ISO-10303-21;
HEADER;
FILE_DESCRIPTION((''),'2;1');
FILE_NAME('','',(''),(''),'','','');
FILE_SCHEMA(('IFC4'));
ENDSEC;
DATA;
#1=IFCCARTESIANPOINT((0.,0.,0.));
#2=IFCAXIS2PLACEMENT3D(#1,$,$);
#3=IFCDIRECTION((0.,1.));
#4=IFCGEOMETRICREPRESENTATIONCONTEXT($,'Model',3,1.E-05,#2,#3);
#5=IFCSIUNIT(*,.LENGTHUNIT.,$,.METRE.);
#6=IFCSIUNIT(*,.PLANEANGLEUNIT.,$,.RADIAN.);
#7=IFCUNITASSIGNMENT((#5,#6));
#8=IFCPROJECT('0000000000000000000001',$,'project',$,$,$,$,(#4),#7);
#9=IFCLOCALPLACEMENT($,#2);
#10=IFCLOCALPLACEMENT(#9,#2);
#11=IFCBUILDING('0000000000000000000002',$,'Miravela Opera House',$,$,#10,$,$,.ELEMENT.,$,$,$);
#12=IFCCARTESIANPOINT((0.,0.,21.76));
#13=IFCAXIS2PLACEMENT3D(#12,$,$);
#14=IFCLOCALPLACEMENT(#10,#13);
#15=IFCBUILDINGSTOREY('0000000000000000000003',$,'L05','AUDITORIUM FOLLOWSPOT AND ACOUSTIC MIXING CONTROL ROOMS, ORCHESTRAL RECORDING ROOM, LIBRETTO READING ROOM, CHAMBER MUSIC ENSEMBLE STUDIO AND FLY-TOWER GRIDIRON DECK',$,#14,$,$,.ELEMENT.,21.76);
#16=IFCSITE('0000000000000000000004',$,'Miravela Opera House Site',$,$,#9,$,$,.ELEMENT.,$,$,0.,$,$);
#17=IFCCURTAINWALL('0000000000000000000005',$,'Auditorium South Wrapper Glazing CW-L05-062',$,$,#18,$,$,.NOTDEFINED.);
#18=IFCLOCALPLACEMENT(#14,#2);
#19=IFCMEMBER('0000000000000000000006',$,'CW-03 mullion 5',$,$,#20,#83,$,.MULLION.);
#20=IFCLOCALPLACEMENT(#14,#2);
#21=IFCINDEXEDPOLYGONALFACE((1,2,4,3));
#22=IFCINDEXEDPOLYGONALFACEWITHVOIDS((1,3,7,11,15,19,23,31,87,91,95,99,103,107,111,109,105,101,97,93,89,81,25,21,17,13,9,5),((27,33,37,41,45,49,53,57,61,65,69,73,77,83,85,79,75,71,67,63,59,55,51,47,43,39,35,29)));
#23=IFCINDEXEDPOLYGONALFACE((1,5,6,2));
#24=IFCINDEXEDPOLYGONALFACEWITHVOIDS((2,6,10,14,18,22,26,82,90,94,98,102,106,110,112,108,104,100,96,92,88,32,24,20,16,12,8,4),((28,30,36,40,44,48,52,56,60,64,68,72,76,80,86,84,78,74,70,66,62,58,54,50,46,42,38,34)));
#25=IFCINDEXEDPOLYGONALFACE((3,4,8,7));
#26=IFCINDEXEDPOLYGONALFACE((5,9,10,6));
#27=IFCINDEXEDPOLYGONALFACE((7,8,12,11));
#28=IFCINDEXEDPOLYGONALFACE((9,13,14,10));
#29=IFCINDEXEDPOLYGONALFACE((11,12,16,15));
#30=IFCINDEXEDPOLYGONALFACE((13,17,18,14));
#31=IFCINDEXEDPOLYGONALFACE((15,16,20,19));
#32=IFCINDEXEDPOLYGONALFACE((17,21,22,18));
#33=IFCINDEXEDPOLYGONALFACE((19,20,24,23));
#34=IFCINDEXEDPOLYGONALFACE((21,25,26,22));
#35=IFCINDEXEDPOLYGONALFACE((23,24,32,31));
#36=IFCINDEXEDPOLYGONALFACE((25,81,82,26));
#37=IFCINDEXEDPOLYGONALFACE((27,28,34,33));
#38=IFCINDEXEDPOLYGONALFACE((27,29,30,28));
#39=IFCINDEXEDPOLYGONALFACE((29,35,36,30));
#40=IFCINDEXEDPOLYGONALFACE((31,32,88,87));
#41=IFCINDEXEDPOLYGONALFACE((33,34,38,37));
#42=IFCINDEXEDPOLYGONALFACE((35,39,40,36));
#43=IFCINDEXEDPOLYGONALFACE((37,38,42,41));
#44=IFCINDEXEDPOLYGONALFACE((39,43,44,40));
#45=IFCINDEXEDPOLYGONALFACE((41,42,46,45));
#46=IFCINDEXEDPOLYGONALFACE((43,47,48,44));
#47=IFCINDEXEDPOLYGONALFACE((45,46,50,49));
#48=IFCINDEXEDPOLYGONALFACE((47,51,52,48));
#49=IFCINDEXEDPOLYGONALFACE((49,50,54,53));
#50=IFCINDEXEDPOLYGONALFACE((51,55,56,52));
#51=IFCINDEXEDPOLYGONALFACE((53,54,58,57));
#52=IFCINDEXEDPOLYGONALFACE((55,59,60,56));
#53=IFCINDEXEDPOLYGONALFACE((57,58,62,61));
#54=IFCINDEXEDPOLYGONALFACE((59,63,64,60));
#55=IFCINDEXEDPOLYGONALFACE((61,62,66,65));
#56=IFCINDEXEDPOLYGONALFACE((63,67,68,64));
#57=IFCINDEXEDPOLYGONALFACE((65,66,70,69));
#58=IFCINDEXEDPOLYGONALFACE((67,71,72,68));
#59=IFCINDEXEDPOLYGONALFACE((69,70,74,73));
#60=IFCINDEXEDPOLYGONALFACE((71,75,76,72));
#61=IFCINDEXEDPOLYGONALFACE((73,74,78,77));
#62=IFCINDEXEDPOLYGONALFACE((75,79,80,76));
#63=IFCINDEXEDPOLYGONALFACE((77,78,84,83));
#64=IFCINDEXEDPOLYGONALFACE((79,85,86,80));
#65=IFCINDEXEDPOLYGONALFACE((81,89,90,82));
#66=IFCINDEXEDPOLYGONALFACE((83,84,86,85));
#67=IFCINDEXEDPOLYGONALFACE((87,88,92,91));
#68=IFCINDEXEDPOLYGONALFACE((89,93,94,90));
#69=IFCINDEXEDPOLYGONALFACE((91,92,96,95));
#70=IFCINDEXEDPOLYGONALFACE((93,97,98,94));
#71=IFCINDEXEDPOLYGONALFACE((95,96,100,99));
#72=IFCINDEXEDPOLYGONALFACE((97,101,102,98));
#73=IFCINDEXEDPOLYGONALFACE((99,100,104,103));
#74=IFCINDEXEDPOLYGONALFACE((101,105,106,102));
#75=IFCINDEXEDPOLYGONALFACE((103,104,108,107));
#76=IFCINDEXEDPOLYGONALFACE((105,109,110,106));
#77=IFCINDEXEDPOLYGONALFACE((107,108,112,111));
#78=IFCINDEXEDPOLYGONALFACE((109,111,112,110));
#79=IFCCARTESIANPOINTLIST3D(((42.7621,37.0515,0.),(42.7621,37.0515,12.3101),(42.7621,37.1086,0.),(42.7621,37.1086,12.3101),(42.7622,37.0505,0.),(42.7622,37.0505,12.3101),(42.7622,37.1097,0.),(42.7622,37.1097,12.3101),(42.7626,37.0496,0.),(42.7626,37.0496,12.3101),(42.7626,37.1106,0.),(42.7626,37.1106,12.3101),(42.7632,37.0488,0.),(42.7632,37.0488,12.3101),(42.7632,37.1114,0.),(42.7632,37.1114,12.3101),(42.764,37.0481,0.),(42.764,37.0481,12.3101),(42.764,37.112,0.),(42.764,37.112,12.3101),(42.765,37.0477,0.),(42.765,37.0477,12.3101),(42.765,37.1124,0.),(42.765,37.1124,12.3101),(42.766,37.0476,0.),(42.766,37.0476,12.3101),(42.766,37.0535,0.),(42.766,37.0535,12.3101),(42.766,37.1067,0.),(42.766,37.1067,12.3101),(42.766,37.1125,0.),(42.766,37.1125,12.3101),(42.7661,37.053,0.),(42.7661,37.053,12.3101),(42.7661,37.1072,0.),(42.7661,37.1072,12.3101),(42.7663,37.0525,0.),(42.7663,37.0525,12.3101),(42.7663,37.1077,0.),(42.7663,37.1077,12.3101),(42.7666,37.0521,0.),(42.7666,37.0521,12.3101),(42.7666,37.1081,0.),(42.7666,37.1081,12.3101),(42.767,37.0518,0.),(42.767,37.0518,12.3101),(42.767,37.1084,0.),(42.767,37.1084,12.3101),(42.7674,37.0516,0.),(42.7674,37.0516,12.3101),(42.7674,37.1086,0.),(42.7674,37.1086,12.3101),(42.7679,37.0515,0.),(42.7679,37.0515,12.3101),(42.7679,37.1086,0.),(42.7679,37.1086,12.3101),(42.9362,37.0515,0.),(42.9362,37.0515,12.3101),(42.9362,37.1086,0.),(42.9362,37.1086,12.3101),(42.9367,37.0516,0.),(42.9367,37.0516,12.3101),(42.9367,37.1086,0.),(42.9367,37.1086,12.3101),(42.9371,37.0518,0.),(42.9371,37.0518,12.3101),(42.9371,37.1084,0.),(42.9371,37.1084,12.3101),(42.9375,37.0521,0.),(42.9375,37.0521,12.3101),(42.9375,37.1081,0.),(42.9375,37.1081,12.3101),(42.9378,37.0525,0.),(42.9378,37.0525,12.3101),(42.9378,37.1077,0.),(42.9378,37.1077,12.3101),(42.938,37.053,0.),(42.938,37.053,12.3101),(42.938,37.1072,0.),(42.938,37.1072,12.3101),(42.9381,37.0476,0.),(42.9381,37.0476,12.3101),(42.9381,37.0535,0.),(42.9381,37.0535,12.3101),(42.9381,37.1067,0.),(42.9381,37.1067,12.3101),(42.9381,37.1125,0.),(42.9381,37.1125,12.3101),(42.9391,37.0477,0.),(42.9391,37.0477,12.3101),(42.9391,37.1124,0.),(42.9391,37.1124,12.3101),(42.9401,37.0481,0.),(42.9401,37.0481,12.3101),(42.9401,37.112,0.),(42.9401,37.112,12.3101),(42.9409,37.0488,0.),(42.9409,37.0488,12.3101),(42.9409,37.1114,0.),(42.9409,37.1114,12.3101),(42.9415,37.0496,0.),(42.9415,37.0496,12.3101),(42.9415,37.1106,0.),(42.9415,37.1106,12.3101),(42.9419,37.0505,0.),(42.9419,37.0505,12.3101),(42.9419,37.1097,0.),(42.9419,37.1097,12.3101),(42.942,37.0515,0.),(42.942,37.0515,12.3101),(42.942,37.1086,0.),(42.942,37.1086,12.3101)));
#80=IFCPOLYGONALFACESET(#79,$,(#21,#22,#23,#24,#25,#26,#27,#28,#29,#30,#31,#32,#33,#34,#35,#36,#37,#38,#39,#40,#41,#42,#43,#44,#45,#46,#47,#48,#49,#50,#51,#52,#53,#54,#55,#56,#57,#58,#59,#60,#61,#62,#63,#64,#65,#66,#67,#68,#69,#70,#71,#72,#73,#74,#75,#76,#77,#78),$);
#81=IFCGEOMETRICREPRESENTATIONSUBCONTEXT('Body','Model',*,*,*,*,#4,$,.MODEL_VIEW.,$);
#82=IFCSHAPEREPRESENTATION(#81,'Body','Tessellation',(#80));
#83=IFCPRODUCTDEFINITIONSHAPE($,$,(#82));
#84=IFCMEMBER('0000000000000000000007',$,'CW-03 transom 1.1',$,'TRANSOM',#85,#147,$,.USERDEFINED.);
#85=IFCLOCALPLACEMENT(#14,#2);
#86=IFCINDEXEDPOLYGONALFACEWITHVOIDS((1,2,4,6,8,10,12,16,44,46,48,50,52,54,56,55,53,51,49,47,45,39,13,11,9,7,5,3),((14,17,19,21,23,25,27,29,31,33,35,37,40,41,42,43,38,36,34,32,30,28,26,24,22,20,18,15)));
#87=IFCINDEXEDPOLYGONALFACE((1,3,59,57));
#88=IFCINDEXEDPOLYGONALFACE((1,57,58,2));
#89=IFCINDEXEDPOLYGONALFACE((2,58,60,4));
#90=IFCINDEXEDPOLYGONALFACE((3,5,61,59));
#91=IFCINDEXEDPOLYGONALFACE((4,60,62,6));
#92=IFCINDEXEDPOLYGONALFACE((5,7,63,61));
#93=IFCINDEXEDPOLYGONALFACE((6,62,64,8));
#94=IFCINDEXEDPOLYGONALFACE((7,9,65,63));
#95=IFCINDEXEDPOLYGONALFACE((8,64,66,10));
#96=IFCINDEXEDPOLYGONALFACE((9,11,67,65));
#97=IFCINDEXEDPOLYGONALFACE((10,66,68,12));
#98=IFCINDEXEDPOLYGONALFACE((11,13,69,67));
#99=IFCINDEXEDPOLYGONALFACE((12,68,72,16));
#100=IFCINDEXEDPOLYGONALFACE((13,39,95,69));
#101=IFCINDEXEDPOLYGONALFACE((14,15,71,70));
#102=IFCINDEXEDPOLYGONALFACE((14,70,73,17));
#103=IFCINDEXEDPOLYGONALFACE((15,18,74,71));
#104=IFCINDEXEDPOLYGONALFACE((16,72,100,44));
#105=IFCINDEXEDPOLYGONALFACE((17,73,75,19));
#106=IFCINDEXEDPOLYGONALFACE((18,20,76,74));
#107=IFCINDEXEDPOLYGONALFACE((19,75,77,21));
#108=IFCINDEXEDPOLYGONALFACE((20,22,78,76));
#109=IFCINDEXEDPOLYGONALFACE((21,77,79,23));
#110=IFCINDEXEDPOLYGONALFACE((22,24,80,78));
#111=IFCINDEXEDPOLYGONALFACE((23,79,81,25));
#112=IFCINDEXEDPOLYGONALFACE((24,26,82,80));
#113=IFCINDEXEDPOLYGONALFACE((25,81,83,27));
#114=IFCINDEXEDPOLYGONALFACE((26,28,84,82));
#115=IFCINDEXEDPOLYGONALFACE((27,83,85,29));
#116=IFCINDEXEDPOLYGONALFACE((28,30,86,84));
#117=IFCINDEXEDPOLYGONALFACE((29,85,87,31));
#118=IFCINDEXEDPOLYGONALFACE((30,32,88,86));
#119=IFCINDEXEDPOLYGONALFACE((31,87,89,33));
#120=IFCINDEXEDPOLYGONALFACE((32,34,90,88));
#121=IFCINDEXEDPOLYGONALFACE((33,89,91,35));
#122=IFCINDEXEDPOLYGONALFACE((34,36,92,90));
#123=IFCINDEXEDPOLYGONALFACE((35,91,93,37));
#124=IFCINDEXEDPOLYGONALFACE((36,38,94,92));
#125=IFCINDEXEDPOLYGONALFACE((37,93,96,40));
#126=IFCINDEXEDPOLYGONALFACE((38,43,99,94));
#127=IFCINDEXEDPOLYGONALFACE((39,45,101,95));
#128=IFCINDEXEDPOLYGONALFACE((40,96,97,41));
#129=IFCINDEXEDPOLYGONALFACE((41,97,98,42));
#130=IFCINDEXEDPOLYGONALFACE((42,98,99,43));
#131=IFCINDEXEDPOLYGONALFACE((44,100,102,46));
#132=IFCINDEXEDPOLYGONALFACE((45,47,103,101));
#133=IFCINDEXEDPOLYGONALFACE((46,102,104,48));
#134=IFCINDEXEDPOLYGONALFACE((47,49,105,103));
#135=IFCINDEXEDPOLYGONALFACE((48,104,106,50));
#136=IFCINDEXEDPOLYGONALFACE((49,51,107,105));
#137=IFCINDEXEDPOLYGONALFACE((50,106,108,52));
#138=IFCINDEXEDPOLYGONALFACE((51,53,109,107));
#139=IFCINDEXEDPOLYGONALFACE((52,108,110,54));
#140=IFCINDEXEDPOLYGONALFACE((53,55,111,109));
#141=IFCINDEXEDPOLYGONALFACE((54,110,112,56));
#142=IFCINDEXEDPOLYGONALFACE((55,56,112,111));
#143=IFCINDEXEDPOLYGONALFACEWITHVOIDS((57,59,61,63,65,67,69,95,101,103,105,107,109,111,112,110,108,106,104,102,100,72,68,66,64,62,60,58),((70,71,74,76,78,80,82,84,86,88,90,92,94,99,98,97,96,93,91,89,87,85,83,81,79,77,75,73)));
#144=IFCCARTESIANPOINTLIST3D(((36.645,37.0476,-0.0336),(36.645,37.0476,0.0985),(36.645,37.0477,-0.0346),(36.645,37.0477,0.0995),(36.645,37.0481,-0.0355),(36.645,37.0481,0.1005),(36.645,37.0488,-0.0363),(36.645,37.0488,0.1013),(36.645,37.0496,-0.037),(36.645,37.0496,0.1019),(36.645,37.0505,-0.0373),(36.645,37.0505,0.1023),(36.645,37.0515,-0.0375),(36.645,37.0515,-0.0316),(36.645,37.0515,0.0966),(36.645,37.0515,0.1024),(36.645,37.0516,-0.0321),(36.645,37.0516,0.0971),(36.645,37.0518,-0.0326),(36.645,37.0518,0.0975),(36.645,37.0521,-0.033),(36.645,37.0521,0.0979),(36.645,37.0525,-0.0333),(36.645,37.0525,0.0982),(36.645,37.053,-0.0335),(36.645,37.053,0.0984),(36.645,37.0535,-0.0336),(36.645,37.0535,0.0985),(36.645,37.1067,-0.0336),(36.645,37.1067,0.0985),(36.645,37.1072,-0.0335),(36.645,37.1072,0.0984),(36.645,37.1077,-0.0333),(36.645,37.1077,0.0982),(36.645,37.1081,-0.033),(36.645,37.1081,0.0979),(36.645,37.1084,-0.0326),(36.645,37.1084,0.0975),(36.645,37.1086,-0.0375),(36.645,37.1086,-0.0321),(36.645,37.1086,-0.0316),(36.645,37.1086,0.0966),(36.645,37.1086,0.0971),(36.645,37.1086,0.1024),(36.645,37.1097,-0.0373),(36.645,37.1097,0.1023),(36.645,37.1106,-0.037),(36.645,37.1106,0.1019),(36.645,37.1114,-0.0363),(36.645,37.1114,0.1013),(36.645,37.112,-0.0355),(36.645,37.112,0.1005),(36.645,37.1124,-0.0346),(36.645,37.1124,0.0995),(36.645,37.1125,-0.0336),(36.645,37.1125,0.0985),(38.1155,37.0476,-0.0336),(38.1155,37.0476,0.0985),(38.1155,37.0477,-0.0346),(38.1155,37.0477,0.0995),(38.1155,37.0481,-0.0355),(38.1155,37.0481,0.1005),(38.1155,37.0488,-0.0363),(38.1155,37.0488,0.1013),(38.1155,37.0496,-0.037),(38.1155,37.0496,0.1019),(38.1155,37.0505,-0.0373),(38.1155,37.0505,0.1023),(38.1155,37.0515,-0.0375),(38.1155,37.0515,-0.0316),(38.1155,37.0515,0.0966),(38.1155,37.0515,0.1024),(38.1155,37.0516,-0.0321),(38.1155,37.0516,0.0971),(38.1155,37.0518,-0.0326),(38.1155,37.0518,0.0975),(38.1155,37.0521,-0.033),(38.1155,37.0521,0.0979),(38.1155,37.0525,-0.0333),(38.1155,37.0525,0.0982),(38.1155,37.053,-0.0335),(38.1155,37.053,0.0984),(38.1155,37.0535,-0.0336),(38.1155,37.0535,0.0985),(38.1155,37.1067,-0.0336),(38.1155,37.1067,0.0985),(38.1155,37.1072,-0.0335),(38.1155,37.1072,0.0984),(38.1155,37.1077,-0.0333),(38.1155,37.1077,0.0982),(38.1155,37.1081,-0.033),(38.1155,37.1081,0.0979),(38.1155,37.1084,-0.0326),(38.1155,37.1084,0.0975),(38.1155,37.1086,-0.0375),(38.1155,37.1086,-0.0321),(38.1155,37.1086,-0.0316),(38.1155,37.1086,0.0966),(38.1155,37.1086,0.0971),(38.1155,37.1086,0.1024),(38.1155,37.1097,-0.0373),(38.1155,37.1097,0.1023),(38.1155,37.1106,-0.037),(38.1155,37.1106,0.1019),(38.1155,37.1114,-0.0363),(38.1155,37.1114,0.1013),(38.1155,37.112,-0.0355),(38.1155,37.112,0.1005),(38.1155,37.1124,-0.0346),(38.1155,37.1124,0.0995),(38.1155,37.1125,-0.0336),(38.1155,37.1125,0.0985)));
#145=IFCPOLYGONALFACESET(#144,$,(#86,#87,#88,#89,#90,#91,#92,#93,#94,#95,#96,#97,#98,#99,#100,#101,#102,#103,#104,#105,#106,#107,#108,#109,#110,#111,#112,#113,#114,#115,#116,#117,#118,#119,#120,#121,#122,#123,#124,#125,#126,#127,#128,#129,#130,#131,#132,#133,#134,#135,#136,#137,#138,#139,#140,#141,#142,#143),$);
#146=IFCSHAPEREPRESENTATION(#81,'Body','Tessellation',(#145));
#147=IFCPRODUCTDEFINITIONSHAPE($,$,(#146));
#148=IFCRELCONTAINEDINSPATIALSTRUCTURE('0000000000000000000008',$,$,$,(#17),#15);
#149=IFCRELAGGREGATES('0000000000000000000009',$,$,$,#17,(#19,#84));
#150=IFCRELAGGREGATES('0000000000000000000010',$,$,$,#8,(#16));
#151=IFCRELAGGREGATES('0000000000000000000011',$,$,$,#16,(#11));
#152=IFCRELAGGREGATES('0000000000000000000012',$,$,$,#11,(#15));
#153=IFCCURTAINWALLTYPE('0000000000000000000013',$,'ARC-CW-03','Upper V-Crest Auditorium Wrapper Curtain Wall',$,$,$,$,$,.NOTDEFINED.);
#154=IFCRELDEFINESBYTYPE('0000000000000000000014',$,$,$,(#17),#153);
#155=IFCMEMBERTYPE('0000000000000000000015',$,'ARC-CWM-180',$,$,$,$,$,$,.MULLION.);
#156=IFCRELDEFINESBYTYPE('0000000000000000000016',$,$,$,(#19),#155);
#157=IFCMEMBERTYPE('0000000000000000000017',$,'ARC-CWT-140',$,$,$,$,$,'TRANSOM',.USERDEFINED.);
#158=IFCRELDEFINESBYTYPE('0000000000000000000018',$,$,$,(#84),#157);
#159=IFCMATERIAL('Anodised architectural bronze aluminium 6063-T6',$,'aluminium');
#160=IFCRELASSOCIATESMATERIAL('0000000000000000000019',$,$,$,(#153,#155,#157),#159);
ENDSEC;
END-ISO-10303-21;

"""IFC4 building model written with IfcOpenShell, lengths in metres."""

from ifc_helpers import new_model, si_unit, direction, frame, origin, origin_2d, place, context, subcontext, project, spatial, hollow_rectangle, extrude, material, material_profile, profile_set, type_object, element, aggregate, save


model = new_model("IFC4")

# Units and contexts
model_context = context("Model", 3, precision=1e-05, world=origin(), true_north=direction((0.0, 1.0)))
body_context = subcontext(model_context, "Body", "Model", "MODEL_VIEW")
ifc_project = project(units=[si_unit("LENGTHUNIT", "METRE"), si_unit("PLANEANGLEUNIT", "RADIAN")], contexts=[model_context])

# Site, building, storey
site_placement = place(None, origin())
site = spatial("IfcSite", under=ifc_project, at=site_placement, Name="Miravela Opera House Site", CompositionType="ELEMENT", RefElevation=0.0)
building_placement = place(site_placement, origin())
building = spatial("IfcBuilding", under=site, at=building_placement, Name="Miravela Opera House", CompositionType="ELEMENT")
storey_placement = place(building_placement, frame((0.0, 0.0, 21.76)))
storey = spatial("IfcBuildingStorey", under=building, at=storey_placement, Name="L05", Description="AUDITORIUM FOLLOWSPOT AND ACOUSTIC MIXING CONTROL ROOMS, ORCHESTRAL RECORDING ROOM, LIBRETTO READING ROOM, CHAMBER MUSIC ENSEMBLE STUDIO AND FLY-TOWER GRIDIRON DECK", CompositionType="ELEMENT", Elevation=21.76)

# Curtain wall, members
ifc_material_1 = material(Name="Anodised architectural bronze aluminium 6063-T6", Category="aluminium")
curtain_wall_type = type_object("IfcCurtainWallType", Name="ARC-CW-03", Description="Upper V-Crest Auditorium Wrapper Curtain Wall", PredefinedType="NOTDEFINED", material=ifc_material_1)
curtain_wall_placement = place(storey_placement, origin())
curtain_wall = element("IfcCurtainWall", 1, at=curtain_wall_placement, inside=storey, type_object=curtain_wall_type, Name="Auditorium South Wrapper Glazing CW-L05-062", PredefinedType="NOTDEFINED")
ifc_material_profile_1 = material_profile(ifc_material_1, hollow_rectangle(XDim=0.0649, YDim=0.1799, WallThickness=0.0039, InnerFilletRadius=0.002, OuterFilletRadius=0.0039, at=origin_2d()), Name="CWM-65X180")
ifc_profile_set_1 = profile_set([ifc_material_profile_1])
member_type_1 = type_object("IfcMemberType", Name="ARC-CWM-180", PredefinedType="MULLION", material=ifc_profile_set_1)
member_1_placement = place(storey_placement, frame((42.8521, 37.0801, 0.0), z_axis=(0.0, 0.0, 1.0), x_axis=(0.0, 1.0, 0.0)))
member_1 = element("IfcMember", 2, at=member_1_placement, type_object=member_type_1, Name="CW-03 mullion 5", PredefinedType="MULLION", context=body_context, shape_type="SweptSolid", body=[
    extrude(hollow_rectangle(XDim=0.0649, YDim=0.1799, WallThickness=0.0039, InnerFilletRadius=0.002, OuterFilletRadius=0.0039, at=origin_2d()), origin(), (0.0, 0.0, 1.0), 12.3101),
])
ifc_material_profile_2 = material_profile(ifc_material_1, hollow_rectangle(XDim=0.0649, YDim=0.1399, WallThickness=0.0039, InnerFilletRadius=0.002, OuterFilletRadius=0.0039, at=origin_2d()), Name="CWT-65X140")
ifc_profile_set_2 = profile_set([ifc_material_profile_2])
member_type_2 = type_object("IfcMemberType", Name="ARC-CWT-140", ElementType="TRANSOM", PredefinedType="USERDEFINED", material=ifc_profile_set_2)
member_2_placement = place(storey_placement, frame((36.645, 37.0801, 0.0325), z_axis=(1.0, 0.0, 0.0), x_axis=(0.0, 1.0, 0.0)))
member_2 = element("IfcMember", 3, at=member_2_placement, type_object=member_type_2, Name="CW-03 transom 1.1", ObjectType="TRANSOM", PredefinedType="USERDEFINED", context=body_context, shape_type="SweptSolid", body=[
    extrude(hollow_rectangle(XDim=0.0649, YDim=0.1399, WallThickness=0.0039, InnerFilletRadius=0.002, OuterFilletRadius=0.0039, at=origin_2d()), origin(), (0.0, 0.0, 1.0), 1.4705),
])

aggregate(curtain_wall, [member_1, member_2])

save(model, "model.ifc")
